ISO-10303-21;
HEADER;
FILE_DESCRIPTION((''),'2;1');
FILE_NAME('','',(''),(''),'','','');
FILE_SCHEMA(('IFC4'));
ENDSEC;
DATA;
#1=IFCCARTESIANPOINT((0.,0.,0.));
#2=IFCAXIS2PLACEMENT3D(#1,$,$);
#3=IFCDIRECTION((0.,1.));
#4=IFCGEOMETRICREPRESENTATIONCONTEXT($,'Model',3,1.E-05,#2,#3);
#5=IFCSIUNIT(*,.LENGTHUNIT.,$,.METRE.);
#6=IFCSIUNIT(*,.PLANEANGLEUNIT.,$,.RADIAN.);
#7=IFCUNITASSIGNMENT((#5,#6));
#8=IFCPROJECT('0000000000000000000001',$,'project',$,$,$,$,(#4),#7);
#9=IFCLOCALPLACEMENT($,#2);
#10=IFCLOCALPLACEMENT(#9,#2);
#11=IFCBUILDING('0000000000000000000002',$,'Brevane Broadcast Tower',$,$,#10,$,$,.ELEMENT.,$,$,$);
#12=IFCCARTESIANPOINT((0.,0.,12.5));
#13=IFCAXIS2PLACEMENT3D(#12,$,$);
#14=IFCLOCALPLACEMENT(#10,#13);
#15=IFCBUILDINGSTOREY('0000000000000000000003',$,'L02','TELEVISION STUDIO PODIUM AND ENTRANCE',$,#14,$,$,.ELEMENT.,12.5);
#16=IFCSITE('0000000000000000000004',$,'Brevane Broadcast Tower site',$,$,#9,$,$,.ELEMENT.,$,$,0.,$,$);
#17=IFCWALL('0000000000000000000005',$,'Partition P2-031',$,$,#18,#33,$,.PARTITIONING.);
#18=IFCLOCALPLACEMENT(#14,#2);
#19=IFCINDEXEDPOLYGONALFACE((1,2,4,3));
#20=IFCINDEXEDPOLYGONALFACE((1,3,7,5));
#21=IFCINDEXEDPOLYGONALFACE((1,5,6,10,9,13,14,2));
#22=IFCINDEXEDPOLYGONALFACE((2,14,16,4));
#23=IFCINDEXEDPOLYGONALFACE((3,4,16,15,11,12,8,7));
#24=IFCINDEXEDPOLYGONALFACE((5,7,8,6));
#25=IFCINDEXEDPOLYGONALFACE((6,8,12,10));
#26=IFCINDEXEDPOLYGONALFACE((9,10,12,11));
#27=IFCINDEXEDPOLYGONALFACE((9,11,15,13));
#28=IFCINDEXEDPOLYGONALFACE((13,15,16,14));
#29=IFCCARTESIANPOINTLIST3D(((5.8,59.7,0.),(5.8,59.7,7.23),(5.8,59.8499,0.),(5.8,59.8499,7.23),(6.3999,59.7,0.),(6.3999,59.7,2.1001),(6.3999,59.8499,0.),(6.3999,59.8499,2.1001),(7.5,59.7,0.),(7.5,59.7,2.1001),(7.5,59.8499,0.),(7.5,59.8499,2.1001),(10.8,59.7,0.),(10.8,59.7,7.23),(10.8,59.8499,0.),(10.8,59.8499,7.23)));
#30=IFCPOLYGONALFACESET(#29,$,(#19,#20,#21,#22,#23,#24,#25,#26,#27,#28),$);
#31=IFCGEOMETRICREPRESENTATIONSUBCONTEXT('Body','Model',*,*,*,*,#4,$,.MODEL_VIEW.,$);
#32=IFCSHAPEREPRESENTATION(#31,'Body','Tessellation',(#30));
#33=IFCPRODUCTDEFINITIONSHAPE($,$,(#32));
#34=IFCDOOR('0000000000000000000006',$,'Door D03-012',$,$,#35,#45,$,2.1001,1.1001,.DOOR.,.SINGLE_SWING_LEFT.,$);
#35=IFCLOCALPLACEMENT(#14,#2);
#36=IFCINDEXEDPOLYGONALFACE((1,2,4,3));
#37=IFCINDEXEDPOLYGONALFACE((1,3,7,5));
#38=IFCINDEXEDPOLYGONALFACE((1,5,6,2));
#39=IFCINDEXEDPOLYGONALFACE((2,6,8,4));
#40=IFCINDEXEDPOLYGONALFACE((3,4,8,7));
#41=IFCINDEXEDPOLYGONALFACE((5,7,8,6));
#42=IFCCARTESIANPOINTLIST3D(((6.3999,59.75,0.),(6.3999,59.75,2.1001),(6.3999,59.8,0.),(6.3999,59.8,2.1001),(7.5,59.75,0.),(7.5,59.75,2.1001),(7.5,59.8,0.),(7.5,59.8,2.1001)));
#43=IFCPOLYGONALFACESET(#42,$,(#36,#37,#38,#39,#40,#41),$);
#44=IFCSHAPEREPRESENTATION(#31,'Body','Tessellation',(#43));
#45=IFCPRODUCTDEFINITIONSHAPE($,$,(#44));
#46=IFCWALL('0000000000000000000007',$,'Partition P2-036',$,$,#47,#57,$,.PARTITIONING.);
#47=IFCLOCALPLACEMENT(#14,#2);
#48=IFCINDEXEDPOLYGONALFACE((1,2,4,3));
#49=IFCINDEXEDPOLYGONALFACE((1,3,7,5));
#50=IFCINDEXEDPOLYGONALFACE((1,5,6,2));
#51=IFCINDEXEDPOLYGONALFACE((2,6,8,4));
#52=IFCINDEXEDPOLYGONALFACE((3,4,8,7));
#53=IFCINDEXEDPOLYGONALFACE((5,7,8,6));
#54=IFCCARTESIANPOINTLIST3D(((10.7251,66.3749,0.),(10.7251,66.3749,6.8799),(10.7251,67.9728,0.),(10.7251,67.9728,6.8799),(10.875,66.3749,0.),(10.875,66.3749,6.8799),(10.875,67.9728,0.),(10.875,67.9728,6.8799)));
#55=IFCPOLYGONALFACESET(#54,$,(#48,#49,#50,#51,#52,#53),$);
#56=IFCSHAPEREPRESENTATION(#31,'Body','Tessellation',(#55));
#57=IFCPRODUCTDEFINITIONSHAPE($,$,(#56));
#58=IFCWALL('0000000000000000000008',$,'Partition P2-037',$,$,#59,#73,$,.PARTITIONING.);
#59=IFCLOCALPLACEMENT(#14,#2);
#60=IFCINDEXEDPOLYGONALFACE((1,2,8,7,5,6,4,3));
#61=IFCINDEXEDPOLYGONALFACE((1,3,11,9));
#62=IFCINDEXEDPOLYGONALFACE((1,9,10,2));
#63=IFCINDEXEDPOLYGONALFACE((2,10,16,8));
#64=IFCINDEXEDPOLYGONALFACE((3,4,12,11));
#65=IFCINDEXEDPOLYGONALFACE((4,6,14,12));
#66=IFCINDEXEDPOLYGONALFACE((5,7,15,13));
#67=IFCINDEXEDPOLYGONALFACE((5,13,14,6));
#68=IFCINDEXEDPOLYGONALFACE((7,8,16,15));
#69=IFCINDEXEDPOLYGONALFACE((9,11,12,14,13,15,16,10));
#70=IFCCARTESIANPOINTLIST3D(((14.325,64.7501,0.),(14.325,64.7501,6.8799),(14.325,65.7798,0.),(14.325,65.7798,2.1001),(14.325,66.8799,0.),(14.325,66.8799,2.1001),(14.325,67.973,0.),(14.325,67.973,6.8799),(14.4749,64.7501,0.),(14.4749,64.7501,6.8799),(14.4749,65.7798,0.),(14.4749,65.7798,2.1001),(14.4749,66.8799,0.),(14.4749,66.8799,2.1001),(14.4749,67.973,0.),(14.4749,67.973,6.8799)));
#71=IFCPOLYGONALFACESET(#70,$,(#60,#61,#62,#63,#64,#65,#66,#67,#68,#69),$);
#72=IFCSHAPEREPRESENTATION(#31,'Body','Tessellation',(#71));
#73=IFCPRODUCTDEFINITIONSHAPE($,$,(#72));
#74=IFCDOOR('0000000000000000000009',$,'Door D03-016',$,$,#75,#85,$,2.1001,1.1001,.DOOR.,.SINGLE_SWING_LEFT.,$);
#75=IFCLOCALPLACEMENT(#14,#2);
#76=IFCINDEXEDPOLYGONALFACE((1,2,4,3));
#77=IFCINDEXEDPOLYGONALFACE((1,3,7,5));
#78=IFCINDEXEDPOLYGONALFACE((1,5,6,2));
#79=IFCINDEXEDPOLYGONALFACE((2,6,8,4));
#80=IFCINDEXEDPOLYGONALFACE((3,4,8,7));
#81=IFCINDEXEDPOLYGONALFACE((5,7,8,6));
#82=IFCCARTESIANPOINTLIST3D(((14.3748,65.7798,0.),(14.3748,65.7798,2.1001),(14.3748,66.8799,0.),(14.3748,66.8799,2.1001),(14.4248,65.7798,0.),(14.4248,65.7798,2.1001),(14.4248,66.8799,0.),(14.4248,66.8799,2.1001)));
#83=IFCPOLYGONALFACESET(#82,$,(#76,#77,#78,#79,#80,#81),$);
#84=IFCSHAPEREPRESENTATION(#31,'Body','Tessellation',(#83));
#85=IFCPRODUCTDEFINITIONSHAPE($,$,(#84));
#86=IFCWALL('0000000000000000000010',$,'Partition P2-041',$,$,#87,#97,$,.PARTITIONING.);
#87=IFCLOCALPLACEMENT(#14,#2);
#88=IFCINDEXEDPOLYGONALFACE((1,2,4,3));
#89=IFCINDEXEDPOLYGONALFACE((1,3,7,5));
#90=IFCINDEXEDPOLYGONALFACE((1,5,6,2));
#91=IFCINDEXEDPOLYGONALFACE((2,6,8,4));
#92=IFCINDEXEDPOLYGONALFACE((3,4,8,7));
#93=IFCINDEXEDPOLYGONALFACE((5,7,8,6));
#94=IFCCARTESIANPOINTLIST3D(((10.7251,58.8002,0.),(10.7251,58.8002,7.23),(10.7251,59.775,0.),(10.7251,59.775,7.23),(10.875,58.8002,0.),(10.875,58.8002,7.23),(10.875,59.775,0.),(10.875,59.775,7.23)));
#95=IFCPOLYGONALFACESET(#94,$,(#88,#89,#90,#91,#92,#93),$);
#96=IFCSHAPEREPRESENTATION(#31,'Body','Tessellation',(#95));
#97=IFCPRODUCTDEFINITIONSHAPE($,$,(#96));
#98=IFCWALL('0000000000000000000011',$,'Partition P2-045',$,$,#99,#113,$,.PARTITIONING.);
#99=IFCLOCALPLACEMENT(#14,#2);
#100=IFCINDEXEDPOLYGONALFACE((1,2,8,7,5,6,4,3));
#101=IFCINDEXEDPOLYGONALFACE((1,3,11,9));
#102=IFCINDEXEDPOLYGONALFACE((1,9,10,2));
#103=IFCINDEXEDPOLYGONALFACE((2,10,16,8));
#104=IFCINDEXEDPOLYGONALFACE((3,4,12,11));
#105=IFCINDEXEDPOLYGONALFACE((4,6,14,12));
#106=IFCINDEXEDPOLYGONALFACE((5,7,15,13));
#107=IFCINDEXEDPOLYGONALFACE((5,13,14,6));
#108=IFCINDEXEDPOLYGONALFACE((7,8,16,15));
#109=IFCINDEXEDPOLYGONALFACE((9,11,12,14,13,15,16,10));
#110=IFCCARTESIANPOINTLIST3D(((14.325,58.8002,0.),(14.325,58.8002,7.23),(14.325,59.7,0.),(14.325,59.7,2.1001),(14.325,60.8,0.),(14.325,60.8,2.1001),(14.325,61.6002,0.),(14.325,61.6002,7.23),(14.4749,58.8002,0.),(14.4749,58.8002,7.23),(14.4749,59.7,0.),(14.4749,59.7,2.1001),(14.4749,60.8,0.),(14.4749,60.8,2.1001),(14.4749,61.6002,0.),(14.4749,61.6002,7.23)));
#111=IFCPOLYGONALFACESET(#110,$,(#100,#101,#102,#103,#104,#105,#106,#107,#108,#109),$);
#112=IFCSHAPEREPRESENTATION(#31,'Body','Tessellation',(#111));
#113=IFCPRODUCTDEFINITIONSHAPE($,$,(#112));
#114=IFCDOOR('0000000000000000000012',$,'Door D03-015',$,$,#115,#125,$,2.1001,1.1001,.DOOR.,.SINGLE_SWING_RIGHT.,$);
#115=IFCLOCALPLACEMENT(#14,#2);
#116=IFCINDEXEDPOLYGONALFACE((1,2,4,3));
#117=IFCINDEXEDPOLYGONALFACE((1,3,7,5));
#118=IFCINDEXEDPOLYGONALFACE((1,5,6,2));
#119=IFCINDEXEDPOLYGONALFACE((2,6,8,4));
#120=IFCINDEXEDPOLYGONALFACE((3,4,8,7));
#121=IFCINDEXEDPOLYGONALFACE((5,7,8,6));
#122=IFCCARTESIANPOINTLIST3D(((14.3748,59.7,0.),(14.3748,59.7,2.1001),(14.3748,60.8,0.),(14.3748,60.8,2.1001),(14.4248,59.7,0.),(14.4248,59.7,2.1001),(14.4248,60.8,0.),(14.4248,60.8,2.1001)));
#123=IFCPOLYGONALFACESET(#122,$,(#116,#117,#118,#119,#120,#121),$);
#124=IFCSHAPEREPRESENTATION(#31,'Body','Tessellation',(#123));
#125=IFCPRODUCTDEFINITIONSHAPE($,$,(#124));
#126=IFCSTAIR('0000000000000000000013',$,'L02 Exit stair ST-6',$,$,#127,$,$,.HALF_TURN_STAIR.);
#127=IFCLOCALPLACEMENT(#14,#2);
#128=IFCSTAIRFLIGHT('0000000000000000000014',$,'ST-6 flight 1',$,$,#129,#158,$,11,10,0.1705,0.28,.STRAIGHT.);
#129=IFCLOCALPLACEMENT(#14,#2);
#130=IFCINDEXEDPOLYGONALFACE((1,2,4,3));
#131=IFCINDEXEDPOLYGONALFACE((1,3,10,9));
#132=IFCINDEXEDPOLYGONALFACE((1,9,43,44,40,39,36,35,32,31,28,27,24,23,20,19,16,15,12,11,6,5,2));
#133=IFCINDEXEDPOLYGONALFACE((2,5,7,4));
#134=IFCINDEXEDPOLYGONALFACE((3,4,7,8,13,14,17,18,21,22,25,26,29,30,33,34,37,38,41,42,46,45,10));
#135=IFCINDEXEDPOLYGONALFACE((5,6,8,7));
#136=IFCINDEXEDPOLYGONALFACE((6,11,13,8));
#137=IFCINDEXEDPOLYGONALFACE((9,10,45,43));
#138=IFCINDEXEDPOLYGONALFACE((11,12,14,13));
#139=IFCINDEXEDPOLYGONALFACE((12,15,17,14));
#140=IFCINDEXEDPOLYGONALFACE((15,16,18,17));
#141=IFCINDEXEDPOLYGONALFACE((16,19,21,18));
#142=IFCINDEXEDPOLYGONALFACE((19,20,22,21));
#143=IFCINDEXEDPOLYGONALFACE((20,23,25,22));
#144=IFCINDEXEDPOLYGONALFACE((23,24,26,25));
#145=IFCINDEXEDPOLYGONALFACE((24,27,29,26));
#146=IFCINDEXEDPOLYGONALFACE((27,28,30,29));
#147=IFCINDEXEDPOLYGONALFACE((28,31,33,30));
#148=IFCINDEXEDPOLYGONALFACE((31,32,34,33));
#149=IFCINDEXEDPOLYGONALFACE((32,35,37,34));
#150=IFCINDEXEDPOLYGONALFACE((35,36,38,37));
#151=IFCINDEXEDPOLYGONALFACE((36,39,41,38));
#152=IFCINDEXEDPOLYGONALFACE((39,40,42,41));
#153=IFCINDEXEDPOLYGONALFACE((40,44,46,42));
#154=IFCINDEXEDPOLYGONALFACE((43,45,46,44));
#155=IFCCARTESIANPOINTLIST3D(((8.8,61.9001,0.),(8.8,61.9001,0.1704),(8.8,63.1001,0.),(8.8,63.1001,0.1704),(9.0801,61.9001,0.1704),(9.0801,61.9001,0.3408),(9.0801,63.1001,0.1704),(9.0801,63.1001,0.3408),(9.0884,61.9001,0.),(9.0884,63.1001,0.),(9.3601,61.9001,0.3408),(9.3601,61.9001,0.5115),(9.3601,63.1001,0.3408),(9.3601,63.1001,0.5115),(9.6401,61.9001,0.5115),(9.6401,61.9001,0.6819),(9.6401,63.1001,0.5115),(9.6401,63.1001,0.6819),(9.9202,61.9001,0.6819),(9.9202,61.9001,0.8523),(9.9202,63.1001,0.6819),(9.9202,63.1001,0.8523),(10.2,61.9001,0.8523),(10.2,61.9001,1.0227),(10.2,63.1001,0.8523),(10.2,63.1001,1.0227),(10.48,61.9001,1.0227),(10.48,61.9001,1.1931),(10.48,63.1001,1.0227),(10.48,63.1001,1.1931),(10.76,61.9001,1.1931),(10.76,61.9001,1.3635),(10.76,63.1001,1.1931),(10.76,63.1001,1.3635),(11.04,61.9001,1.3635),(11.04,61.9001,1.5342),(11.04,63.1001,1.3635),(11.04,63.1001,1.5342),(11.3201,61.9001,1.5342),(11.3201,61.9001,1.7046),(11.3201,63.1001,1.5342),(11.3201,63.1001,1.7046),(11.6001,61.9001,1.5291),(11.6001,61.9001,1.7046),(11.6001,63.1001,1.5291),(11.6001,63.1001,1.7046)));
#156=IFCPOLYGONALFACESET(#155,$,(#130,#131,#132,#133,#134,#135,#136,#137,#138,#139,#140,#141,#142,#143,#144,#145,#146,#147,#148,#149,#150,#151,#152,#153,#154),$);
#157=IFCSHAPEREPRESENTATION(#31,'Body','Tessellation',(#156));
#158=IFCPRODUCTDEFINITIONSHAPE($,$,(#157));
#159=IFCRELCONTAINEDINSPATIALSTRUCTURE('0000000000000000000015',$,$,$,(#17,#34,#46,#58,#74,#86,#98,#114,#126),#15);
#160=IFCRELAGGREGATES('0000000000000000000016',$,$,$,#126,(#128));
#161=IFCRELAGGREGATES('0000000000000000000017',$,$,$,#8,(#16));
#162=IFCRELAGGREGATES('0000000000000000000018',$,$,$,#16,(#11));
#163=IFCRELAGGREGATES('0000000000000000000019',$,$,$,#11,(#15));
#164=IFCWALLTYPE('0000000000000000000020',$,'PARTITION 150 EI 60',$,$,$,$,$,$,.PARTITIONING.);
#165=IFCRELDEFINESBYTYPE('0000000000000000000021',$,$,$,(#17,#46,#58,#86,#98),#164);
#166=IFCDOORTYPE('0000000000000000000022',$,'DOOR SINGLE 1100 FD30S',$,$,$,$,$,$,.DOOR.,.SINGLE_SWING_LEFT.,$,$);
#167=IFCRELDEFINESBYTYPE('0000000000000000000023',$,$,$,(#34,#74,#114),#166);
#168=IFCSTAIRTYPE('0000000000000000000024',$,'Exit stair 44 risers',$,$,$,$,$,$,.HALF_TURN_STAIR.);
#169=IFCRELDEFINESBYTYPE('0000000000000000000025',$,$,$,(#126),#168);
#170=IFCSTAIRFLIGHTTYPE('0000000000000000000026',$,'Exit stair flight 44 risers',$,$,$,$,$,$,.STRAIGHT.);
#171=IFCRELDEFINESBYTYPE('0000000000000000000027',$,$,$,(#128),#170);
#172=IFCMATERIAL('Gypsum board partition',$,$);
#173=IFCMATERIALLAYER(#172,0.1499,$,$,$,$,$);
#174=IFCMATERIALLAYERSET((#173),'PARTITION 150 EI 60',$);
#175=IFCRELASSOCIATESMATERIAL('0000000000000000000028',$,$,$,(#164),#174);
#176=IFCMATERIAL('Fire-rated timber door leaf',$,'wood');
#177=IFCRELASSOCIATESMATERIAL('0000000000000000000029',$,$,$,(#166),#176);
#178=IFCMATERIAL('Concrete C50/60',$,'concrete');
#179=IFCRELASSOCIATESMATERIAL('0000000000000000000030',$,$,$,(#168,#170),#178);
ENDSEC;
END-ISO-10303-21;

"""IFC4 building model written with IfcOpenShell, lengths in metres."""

from ifc_helpers import new_model, si_unit, direction, frame, frame_2d, origin, place, context, subcontext, project, spatial, polyline, rectangle, outline, extrude, material, layer, layer_set, type_object, element, fill, aggregate, save


model = new_model("IFC4")

# Units and contexts
model_context = context("Model", 3, precision=1e-05, world=origin(), true_north=direction((0.0, 1.0)))
body_context = subcontext(model_context, "Body", "Model", "MODEL_VIEW")
ifc_project = project(units=[si_unit("LENGTHUNIT", "METRE"), si_unit("PLANEANGLEUNIT", "RADIAN")], contexts=[model_context])

# Site, building, storey
site_placement = place(None, origin())
site = spatial("IfcSite", under=ifc_project, at=site_placement, Name="Brevane Broadcast Tower site", CompositionType="ELEMENT", RefElevation=0.0)
building_placement = place(site_placement, origin())
building = spatial("IfcBuilding", under=site, at=building_placement, Name="Brevane Broadcast Tower", CompositionType="ELEMENT")
storey_placement = place(building_placement, frame((0.0, 0.0, 12.5)))
storey = spatial("IfcBuildingStorey", under=building, at=storey_placement, Name="L02", Description="TELEVISION STUDIO PODIUM AND ENTRANCE", CompositionType="ELEMENT", Elevation=12.5)

# Shared definitions
ifc_material_1 = material(Name="Gypsum board partition")
ifc_layer_1 = layer(ifc_material_1, 0.1499)
ifc_layer_set_1 = layer_set([ifc_layer_1], Name="PARTITION 150 EI 60")
wall_type_1 = type_object("IfcWallType", Name="PARTITION 150 EI 60", PredefinedType="PARTITIONING", material=ifc_layer_set_1)

# Wall, opening, door
ifc_material_2 = material(Name="Fire-rated timber door leaf", Category="wood")
door_type = type_object("IfcDoorType", Name="DOOR SINGLE 1100 FD30S", OperationType="SINGLE_SWING_LEFT", PredefinedType="DOOR", material=ifc_material_2)
wall_1_placement = place(storey_placement, frame((10.8, 59.7749, 0.0), z_axis=(0.0, 0.0, 1.0), x_axis=(-1.0, 0.0, 0.0)))
wall_1 = element("IfcWall", 1, at=wall_1_placement, inside=storey, type_object=wall_type_1, Name="Partition P2-031", PredefinedType="PARTITIONING", context=body_context, shape_type="SweptSolid", body=[
    extrude(rectangle(XDim=5.0, YDim=0.1499, at=frame_2d((2.5, 0.0))), origin(), (0.0, 0.0, 1.0), 7.23),
])
opening_1_placement = place(wall_1_placement, frame((3.3, 0.0, 0.0)))
opening_1 = element("IfcOpeningElement", 2, at=opening_1_placement, cuts=wall_1, PredefinedType="OPENING", context=body_context, shape_type="SweptSolid", body=[
    extrude(rectangle(XDim=1.1001, YDim=2.1001, at=frame_2d((0.55, 1.05))), frame((0.0, 0.085, 0.0), z_axis=(0.0, -1.0, 0.0), x_axis=(1.0, 0.0, 0.0)), (0.0, 0.0, 1.0), 0.1699),
])
door_1_placement = place(opening_1_placement, origin())
door_1 = element("IfcDoor", 3, at=door_1_placement, inside=storey, type_object=door_type, Name="Door D03-012", OperationType="SINGLE_SWING_LEFT", OverallHeight=2.1001, OverallWidth=1.1001, PredefinedType="DOOR", context=body_context, shape_type="SweptSolid", body=[
    extrude(rectangle(XDim=1.1001, YDim=2.1001, at=frame_2d((0.55, 1.05))), frame((0.0, 0.0249, 0.0), z_axis=(0.0, -1.0, 0.0), x_axis=(1.0, 0.0, 0.0)), (0.0, 0.0, 1.0), 0.05),
])
fill(opening_1, door_1)

# Wall
wall_2_placement = place(storey_placement, frame((10.8, 66.375, 0.0), z_axis=(0.0, 0.0, 1.0), x_axis=(0.0, 1.0, 0.0)))
element("IfcWall", 4, at=wall_2_placement, inside=storey, type_object=wall_type_1, Name="Partition P2-036", PredefinedType="PARTITIONING", context=body_context, shape_type="SweptSolid", body=[
    extrude(rectangle(XDim=1.5979, YDim=0.1499, at=frame_2d((0.7988, 0.0))), origin(), (0.0, 0.0, 1.0), 6.8799),
])

# Wall, opening, door
wall_3_placement = place(storey_placement, frame((14.3999, 67.9729, 0.0), z_axis=(0.0, 0.0, 1.0), x_axis=(0.0, -1.0, 0.0)))
wall_3 = element("IfcWall", 5, at=wall_3_placement, inside=storey, type_object=wall_type_1, Name="Partition P2-037", PredefinedType="PARTITIONING", context=body_context, shape_type="SweptSolid", body=[
    extrude(rectangle(XDim=3.2229, YDim=0.1499, at=frame_2d((1.6113, 0.0))), origin(), (0.0, 0.0, 1.0), 6.8799),
])
opening_2_placement = place(wall_3_placement, frame((1.093, 0.0, 0.0)))
opening_2 = element("IfcOpeningElement", 6, at=opening_2_placement, cuts=wall_3, PredefinedType="OPENING", context=body_context, shape_type="SweptSolid", body=[
    extrude(rectangle(XDim=1.1001, YDim=2.1001, at=frame_2d((0.55, 1.05))), frame((0.0, 0.085, 0.0), z_axis=(0.0, -1.0, 0.0), x_axis=(1.0, 0.0, 0.0)), (0.0, 0.0, 1.0), 0.1699),
])
door_2_placement = place(opening_2_placement, origin())
door_2 = element("IfcDoor", 7, at=door_2_placement, inside=storey, type_object=door_type, Name="Door D03-016", OperationType="SINGLE_SWING_LEFT", OverallHeight=2.1001, OverallWidth=1.1001, PredefinedType="DOOR", context=body_context, shape_type="SweptSolid", body=[
    extrude(rectangle(XDim=1.1001, YDim=2.1001, at=frame_2d((0.55, 1.05))), frame((0.0, 0.0249, 0.0), z_axis=(0.0, -1.0, 0.0), x_axis=(1.0, 0.0, 0.0)), (0.0, 0.0, 1.0), 0.05),
])
fill(opening_2, door_2)

# Wall
wall_4_placement = place(storey_placement, frame((10.8, 59.7749, 0.0), z_axis=(0.0, 0.0, 1.0), x_axis=(0.0, -1.0, 0.0)))
element("IfcWall", 8, at=wall_4_placement, inside=storey, type_object=wall_type_1, Name="Partition P2-041", PredefinedType="PARTITIONING", context=body_context, shape_type="SweptSolid", body=[
    extrude(rectangle(XDim=0.9749, YDim=0.1499, at=frame_2d((0.4873, 0.0))), origin(), (0.0, 0.0, 1.0), 7.23),
])

# Wall, opening, door
wall_5_placement = place(storey_placement, frame((14.3999, 61.6001, 0.0), z_axis=(0.0, 0.0, 1.0), x_axis=(0.0, -1.0, 0.0)))
wall_5 = element("IfcWall", 9, at=wall_5_placement, inside=storey, type_object=wall_type_1, Name="Partition P2-045", PredefinedType="PARTITIONING", context=body_context, shape_type="SweptSolid", body=[
    extrude(rectangle(XDim=2.8, YDim=0.1499, at=frame_2d((1.3999, 0.0))), origin(), (0.0, 0.0, 1.0), 7.23),
])
opening_3_placement = place(wall_5_placement, frame((0.8, 0.0, 0.0)))
opening_3 = element("IfcOpeningElement", 10, at=opening_3_placement, cuts=wall_5, PredefinedType="OPENING", context=body_context, shape_type="SweptSolid", body=[
    extrude(rectangle(XDim=1.1001, YDim=2.1001, at=frame_2d((0.55, 1.05))), frame((0.0, 0.085, 0.0), z_axis=(0.0, -1.0, 0.0), x_axis=(1.0, 0.0, 0.0)), (0.0, 0.0, 1.0), 0.1699),
])
door_3_placement = place(opening_3_placement, origin())
door_3 = element("IfcDoor", 11, at=door_3_placement, inside=storey, type_object=door_type, Name="Door D03-015", OperationType="SINGLE_SWING_RIGHT", OverallHeight=2.1001, OverallWidth=1.1001, PredefinedType="DOOR", context=body_context, shape_type="SweptSolid", body=[
    extrude(rectangle(XDim=1.1001, YDim=2.1001, at=frame_2d((0.55, 1.05))), frame((0.0, 0.0249, 0.0), z_axis=(0.0, -1.0, 0.0), x_axis=(1.0, 0.0, 0.0)), (0.0, 0.0, 1.0), 0.05),
])
fill(opening_3, door_3)

# Stair, stair flight
ifc_material_3 = material(Name="Concrete C50/60", Category="concrete")
stair_type = type_object("IfcStairType", Name="Exit stair 44 risers", PredefinedType="HALF_TURN_STAIR", material=ifc_material_3)
stair_placement = place(storey_placement, origin())
stair = element("IfcStair", 12, at=stair_placement, inside=storey, type_object=stair_type, Name="L02 Exit stair ST-6", PredefinedType="HALF_TURN_STAIR")
stair_flight_type = type_object("IfcStairFlightType", Name="Exit stair flight 44 risers", PredefinedType="STRAIGHT", material=ifc_material_3)
stair_flight_1_placement = place(storey_placement, frame((8.8, 62.5, 0.0), z_axis=(0.0, 0.0, 1.0), x_axis=(1.0, 0.0, 0.0)))
stair_flight_1 = element("IfcStairFlight", 13, at=stair_flight_1_placement, type_object=stair_flight_type, Name="ST-6 flight 1", NumberOfRisers=11, NumberOfTreads=10, PredefinedType="STRAIGHT", RiserHeight=0.1705, TreadLength=0.28, context=body_context, shape_type="SweptSolid", body=[
    extrude(outline(polyline([(0.0, 0.0), (0.0, 0.1704), (0.28, 0.1704), (0.28, 0.3408), (0.5601, 0.3408), (0.5601, 0.5115), (0.8401, 0.5115), (0.8401, 0.6819), (1.1201, 0.6819), (1.1201, 0.8523), (1.3999, 0.8523), (1.3999, 1.0227), (1.6799, 1.0227), (1.6799, 1.1931), (1.96, 1.1931), (1.96, 1.3635), (2.24, 1.3635), (2.24, 1.5342), (2.52, 1.5342), (2.52, 1.7046), (2.8, 1.7046), (2.8, 1.875), (2.8, 1.5291), (0.2883, 0.0), (0.0, 0.0)])), frame((0.0, 0.6001, 0.0), z_axis=(0.0, -1.0, 0.0), x_axis=(1.0, 0.0, 0.0)), (0.0, 0.0, 1.0), 1.2),
])
aggregate(stair, [stair_flight_1])

save(model, "model.ifc")
